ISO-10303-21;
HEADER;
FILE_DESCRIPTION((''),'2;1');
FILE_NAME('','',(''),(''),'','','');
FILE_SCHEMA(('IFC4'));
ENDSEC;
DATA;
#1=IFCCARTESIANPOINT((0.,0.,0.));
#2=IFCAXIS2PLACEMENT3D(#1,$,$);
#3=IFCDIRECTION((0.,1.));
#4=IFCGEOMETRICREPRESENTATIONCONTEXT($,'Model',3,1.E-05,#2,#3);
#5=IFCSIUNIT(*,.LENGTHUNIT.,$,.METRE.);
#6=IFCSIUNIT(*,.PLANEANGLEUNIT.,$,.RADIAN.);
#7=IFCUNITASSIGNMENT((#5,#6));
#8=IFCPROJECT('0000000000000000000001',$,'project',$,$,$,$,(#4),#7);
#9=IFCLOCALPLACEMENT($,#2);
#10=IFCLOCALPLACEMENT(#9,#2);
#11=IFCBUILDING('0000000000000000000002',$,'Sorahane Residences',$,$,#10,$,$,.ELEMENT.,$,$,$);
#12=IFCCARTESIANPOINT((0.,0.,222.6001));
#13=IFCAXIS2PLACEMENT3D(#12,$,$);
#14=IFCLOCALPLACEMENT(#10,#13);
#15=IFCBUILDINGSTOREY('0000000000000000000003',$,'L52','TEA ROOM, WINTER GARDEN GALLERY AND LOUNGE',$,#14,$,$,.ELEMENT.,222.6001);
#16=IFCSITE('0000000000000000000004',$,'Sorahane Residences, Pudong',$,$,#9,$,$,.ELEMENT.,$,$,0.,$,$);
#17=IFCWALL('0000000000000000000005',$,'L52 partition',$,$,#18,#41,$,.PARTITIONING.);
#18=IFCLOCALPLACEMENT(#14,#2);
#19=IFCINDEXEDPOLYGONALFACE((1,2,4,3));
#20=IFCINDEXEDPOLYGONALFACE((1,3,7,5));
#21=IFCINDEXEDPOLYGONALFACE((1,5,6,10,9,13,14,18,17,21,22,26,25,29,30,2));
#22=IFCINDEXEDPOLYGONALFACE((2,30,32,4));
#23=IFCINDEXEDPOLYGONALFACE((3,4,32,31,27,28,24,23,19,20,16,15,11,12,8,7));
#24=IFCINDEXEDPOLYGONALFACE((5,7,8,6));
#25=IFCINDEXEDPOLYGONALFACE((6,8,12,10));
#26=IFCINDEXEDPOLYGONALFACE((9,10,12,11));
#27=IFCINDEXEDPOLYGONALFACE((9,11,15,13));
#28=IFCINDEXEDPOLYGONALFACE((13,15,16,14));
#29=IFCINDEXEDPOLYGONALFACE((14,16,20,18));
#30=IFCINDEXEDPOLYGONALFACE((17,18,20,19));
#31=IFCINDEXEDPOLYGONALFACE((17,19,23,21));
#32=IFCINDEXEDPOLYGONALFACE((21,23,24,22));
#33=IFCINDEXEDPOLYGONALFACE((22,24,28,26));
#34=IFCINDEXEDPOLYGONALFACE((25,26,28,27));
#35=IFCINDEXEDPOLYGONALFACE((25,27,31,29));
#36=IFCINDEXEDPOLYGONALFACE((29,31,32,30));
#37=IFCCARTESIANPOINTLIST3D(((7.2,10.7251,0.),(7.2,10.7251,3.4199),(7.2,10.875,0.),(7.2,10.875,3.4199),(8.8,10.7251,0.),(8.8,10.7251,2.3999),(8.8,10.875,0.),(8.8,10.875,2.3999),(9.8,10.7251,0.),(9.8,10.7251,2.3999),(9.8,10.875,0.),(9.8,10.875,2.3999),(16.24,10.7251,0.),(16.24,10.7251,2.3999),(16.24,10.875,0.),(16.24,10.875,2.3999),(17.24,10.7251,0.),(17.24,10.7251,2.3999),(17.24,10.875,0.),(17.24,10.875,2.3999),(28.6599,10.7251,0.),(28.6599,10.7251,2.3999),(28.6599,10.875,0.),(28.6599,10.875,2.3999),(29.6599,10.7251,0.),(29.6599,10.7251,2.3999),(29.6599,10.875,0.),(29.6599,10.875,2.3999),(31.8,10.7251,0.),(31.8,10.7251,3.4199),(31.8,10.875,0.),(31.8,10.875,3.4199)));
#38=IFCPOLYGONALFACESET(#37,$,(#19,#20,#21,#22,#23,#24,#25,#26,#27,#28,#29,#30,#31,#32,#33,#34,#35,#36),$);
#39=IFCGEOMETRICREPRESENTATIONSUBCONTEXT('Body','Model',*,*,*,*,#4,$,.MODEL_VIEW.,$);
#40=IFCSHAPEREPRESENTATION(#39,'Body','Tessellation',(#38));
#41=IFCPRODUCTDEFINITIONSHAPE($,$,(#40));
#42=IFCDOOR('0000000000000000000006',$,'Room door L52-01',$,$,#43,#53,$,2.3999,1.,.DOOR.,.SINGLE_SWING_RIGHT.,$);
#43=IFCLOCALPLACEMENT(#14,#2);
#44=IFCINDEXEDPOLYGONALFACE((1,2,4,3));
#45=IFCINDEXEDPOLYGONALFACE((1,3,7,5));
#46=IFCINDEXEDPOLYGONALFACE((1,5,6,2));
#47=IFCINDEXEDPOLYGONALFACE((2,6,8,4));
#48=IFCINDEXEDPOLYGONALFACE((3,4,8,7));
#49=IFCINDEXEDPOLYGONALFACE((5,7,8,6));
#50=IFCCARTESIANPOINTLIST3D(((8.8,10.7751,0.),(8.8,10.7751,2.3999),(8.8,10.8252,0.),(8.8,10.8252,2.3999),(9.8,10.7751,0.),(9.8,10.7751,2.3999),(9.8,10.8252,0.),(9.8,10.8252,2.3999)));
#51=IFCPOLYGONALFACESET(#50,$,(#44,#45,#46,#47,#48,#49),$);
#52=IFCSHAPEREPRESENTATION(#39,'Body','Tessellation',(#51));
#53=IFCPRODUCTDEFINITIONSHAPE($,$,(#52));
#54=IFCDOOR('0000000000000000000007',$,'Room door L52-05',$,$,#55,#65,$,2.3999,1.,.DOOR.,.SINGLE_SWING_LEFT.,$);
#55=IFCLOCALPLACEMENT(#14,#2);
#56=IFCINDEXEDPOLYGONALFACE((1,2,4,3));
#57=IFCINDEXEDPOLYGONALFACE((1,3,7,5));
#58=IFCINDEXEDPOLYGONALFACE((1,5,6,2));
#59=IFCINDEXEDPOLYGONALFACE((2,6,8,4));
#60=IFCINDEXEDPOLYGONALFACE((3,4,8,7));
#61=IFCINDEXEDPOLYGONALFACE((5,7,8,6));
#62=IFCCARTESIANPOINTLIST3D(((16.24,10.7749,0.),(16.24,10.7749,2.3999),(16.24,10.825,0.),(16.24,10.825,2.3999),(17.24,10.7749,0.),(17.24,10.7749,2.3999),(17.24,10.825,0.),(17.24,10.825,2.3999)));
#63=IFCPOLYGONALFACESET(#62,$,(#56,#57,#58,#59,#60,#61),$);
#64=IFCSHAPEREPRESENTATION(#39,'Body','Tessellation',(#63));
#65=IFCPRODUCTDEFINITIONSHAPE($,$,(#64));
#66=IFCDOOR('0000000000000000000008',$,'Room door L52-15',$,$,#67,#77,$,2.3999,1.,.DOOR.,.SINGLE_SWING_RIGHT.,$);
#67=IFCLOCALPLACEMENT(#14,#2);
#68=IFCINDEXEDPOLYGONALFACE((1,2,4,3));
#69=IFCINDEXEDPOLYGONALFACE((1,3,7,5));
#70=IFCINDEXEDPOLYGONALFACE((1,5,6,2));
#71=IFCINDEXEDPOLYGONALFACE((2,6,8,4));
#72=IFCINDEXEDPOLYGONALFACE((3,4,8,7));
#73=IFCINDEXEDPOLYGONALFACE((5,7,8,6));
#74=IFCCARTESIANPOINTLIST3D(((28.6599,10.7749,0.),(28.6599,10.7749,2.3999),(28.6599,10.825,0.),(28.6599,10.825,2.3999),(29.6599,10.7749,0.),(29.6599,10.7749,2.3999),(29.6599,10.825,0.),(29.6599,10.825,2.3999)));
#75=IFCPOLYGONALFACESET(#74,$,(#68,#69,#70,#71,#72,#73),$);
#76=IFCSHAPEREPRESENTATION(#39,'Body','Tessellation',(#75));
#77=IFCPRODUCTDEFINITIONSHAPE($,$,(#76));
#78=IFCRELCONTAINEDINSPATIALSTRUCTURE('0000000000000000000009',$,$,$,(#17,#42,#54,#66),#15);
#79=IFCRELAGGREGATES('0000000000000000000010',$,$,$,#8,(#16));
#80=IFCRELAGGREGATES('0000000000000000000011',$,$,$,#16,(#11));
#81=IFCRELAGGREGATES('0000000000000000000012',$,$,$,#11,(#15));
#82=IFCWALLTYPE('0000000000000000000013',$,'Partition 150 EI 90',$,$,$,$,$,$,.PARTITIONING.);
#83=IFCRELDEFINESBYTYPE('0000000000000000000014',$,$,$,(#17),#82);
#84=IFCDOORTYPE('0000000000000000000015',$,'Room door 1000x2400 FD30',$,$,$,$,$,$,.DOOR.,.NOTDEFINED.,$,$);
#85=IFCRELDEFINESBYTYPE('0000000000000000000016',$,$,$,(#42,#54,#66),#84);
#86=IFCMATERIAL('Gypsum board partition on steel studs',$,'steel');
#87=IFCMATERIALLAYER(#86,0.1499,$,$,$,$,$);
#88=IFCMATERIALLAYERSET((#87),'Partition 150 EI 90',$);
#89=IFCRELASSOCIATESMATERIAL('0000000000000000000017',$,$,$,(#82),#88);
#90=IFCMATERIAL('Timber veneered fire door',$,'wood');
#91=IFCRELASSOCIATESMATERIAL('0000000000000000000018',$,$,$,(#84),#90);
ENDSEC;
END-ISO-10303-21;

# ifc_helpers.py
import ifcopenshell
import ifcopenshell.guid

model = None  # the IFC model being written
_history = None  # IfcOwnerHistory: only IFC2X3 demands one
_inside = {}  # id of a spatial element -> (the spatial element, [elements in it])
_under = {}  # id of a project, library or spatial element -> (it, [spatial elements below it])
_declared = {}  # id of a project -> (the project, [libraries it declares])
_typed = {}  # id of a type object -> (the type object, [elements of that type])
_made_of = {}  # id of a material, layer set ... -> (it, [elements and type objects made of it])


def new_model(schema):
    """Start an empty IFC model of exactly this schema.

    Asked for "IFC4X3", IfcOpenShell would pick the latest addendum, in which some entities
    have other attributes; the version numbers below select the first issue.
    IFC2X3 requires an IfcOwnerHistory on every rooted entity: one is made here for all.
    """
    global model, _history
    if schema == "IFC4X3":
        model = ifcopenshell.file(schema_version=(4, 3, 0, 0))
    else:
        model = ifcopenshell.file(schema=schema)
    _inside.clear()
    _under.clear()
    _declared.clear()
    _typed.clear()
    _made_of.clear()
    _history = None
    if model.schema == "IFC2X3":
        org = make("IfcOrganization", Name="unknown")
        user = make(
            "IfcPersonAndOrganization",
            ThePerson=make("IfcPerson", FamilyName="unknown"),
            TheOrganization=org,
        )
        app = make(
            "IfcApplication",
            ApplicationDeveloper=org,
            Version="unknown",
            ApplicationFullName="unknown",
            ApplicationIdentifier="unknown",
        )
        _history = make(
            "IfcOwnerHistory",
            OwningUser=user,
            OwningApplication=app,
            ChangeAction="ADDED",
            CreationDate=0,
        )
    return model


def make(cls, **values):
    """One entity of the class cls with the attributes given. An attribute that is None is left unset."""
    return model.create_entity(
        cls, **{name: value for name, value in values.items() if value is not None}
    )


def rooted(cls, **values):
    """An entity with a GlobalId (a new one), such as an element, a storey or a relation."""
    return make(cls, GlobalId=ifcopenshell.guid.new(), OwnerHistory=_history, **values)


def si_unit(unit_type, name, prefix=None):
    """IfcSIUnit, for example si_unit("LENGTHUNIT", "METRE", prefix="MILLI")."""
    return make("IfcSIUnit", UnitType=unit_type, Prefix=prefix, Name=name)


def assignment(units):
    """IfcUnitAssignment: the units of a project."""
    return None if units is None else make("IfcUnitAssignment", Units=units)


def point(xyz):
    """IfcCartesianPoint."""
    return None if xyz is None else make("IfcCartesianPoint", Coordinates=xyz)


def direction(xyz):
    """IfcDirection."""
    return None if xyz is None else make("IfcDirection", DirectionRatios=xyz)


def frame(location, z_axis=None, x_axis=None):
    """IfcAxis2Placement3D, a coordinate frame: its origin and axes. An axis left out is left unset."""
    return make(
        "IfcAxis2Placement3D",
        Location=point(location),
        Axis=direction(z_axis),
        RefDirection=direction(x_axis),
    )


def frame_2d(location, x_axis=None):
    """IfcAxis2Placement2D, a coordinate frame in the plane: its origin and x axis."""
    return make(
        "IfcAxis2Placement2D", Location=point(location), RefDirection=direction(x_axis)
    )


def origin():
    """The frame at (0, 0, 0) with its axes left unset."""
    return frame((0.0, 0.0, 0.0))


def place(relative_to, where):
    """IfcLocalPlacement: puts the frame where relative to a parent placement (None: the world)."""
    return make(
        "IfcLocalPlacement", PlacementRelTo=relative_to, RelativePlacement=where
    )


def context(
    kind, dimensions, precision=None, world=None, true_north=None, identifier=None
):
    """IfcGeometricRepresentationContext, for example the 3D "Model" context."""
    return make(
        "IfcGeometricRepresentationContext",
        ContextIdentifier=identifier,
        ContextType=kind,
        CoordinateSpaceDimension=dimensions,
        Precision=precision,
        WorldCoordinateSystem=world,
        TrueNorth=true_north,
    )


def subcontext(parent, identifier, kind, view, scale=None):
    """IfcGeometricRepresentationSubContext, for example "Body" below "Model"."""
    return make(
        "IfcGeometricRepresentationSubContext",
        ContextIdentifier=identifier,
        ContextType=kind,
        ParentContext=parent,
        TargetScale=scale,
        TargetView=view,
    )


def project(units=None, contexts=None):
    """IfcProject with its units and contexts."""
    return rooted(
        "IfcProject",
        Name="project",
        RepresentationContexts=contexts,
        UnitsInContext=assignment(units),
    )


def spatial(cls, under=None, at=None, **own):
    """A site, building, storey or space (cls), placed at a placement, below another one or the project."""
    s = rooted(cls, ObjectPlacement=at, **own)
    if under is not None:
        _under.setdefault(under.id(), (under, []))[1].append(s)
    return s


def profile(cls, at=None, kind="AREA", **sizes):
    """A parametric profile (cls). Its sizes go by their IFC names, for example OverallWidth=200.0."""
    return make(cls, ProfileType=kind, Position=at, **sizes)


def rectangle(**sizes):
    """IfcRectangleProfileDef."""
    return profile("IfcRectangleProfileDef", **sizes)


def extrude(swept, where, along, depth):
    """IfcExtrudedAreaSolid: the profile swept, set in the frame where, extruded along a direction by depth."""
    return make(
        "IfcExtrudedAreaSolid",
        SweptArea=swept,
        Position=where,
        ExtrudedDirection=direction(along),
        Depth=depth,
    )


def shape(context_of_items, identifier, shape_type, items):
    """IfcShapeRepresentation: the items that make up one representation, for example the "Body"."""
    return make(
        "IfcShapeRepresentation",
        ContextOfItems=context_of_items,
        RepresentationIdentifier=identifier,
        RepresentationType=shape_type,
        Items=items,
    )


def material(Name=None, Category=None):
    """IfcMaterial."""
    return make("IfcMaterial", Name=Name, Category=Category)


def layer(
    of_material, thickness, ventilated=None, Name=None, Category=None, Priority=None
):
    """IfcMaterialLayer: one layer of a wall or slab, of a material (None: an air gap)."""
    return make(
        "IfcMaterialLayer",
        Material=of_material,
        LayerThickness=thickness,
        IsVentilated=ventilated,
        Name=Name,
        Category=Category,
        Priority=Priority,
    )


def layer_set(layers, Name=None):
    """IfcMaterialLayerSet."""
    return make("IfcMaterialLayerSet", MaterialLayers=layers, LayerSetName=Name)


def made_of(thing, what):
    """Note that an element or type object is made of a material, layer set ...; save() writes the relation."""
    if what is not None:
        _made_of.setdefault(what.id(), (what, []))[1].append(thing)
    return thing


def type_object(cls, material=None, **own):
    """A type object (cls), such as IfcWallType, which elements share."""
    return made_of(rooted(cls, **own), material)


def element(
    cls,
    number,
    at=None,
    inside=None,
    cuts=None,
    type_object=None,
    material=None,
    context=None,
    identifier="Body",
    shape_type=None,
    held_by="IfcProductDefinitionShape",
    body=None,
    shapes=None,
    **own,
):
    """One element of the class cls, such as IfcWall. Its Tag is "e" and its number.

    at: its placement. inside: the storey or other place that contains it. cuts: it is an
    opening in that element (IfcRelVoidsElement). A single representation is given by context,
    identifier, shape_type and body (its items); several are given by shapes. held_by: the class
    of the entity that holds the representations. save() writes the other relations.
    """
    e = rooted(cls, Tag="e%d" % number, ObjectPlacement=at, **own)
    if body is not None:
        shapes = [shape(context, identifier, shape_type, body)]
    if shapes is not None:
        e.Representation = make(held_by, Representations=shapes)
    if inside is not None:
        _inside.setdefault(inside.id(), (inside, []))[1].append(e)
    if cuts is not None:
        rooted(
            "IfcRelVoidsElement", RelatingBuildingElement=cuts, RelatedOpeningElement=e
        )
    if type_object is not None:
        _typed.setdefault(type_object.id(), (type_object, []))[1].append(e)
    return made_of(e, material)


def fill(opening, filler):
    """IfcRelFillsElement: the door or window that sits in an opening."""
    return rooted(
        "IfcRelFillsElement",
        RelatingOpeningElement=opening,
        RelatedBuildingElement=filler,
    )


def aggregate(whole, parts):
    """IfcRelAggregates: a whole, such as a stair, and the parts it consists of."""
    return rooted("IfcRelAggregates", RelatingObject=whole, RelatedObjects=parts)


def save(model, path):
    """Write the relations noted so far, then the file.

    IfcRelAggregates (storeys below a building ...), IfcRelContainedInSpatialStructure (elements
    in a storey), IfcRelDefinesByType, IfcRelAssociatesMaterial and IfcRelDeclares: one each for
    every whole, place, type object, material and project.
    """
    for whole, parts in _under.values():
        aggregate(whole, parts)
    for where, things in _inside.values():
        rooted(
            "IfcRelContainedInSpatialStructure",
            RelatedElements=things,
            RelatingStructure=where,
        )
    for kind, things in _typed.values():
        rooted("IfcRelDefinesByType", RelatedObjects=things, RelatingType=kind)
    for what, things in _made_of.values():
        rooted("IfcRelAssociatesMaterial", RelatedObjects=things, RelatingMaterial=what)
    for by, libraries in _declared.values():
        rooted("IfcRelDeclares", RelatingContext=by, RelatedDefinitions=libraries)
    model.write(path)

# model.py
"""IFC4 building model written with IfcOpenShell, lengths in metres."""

from ifc_helpers import new_model, si_unit, direction, frame, frame_2d, origin, place, context, subcontext, project, spatial, rectangle, extrude, material, layer, layer_set, type_object, element, fill, save


model = new_model("IFC4")

# Units and contexts
model_context = context("Model", 3, precision=1e-05, world=origin(), true_north=direction((0.0, 1.0)))
body_context = subcontext(model_context, "Body", "Model", "MODEL_VIEW")
ifc_project = project(units=[si_unit("LENGTHUNIT", "METRE"), si_unit("PLANEANGLEUNIT", "RADIAN")], contexts=[model_context])

# Site, building, storey
site_placement = place(None, origin())
site = spatial("IfcSite", under=ifc_project, at=site_placement, Name="Sorahane Residences, Pudong", CompositionType="ELEMENT", RefElevation=0.0)
building_placement = place(site_placement, origin())
building = spatial("IfcBuilding", under=site, at=building_placement, Name="Sorahane Residences", CompositionType="ELEMENT")
storey_placement = place(building_placement, frame((0.0, 0.0, 222.6001)))
storey = spatial("IfcBuildingStorey", under=building, at=storey_placement, Name="L52", Description="TEA ROOM, WINTER GARDEN GALLERY AND LOUNGE", CompositionType="ELEMENT", Elevation=222.6001)

# Shared definitions
ifc_material_1 = material(Name="Gypsum board partition on steel studs", Category="steel")
ifc_layer_1 = layer(ifc_material_1, 0.1499)
ifc_layer_set_1 = layer_set([ifc_layer_1], Name="Partition 150 EI 90")
wall_type_1 = type_object("IfcWallType", Name="Partition 150 EI 90", PredefinedType="PARTITIONING", material=ifc_layer_set_1)

# Wall, openings, doors
wall_1_placement = place(storey_placement, frame((7.2, 10.8, 0.0), z_axis=(0.0, 0.0, 1.0), x_axis=(1.0, 0.0, 0.0)))
wall_1 = element("IfcWall", 1, at=wall_1_placement, inside=storey, type_object=wall_type_1, Name="L52 partition", PredefinedType="PARTITIONING", context=body_context, shape_type="SweptSolid", body=[
    extrude(rectangle(XDim=24.6001, YDim=0.1499, at=frame_2d((12.3, 0.0))), origin(), (0.0, 0.0, 1.0), 3.4199),
])
opening_1_placement = place(wall_1_placement, frame((1.6001, 0.0, 0.0)))
opening_1 = element("IfcOpeningElement", 2, at=opening_1_placement, cuts=wall_1, PredefinedType="OPENING", context=body_context, shape_type="SweptSolid", body=[
    extrude(rectangle(XDim=1.0, YDim=2.3999, at=frame_2d((0.5, 1.2))), frame((0.0, 0.085, 0.0), z_axis=(0.0, -1.0, 0.0), x_axis=(1.0, 0.0, 0.0)), (0.0, 0.0, 1.0), 0.1699),
])
opening_2_placement = place(wall_1_placement, frame((9.04, 0.0, 0.0)))
opening_2 = element("IfcOpeningElement", 3, at=opening_2_placement, cuts=wall_1, PredefinedType="OPENING", context=body_context, shape_type="SweptSolid", body=[
    extrude(rectangle(XDim=1.0, YDim=2.3999, at=frame_2d((0.5, 1.2))), frame((0.0, 0.085, 0.0), z_axis=(0.0, -1.0, 0.0), x_axis=(1.0, 0.0, 0.0)), (0.0, 0.0, 1.0), 0.1699),
])
opening_3_placement = place(wall_1_placement, frame((21.46, 0.0, 0.0)))
opening_3 = element("IfcOpeningElement", 4, at=opening_3_placement, cuts=wall_1, PredefinedType="OPENING", context=body_context, shape_type="SweptSolid", body=[
    extrude(rectangle(XDim=1.0, YDim=2.3999, at=frame_2d((0.5, 1.2))), frame((0.0, 0.085, 0.0), z_axis=(0.0, -1.0, 0.0), x_axis=(1.0, 0.0, 0.0)), (0.0, 0.0, 1.0), 0.1699),
])
ifc_material_2 = material(Name="Timber veneered fire door", Category="wood")
door_type_1 = type_object("IfcDoorType", Name="Room door 1000x2400 FD30", OperationType="NOTDEFINED", PredefinedType="DOOR", material=ifc_material_2)
door_1_placement = place(opening_1_placement, frame((1.0, 0.0, 0.0), z_axis=(0.0, 0.0, 1.0), x_axis=(-1.0, 0.0, 0.0)))
door_1 = element("IfcDoor", 5, at=door_1_placement, inside=storey, type_object=door_type_1, Name="Room door L52-01", OperationType="SINGLE_SWING_RIGHT", OverallHeight=2.3999, OverallWidth=1.0, PredefinedType="DOOR", context=body_context, shape_type="SweptSolid", body=[
    extrude(rectangle(XDim=1.0, YDim=2.3999, at=frame_2d((0.5, 1.2))), frame((0.0, 0.0249, 0.0), z_axis=(0.0, -1.0, 0.0), x_axis=(1.0, 0.0, 0.0)), (0.0, 0.0, 1.0), 0.05),
])
fill(opening_1, door_1)
door_2_placement = place(opening_2_placement, origin())
door_2 = element("IfcDoor", 6, at=door_2_placement, inside=storey, type_object=door_type_1, Name="Room door L52-05", OperationType="SINGLE_SWING_LEFT", OverallHeight=2.3999, OverallWidth=1.0, PredefinedType="DOOR", context=body_context, shape_type="SweptSolid", body=[
    extrude(rectangle(XDim=1.0, YDim=2.3999, at=frame_2d((0.5, 1.2))), frame((0.0, 0.0249, 0.0), z_axis=(0.0, -1.0, 0.0), x_axis=(1.0, 0.0, 0.0)), (0.0, 0.0, 1.0), 0.05),
])
fill(opening_2, door_2)
door_3_placement = place(opening_3_placement, origin())
door_3 = element("IfcDoor", 7, at=door_3_placement, inside=storey, type_object=door_type_1, Name="Room door L52-15", OperationType="SINGLE_SWING_RIGHT", OverallHeight=2.3999, OverallWidth=1.0, PredefinedType="DOOR", context=body_context, shape_type="SweptSolid", body=[
    extrude(rectangle(XDim=1.0, YDim=2.3999, at=frame_2d((0.5, 1.2))), frame((0.0, 0.0249, 0.0), z_axis=(0.0, -1.0, 0.0), x_axis=(1.0, 0.0, 0.0)), (0.0, 0.0, 1.0), 0.05),
])
fill(opening_3, door_3)

save(model, "model.ifc")
